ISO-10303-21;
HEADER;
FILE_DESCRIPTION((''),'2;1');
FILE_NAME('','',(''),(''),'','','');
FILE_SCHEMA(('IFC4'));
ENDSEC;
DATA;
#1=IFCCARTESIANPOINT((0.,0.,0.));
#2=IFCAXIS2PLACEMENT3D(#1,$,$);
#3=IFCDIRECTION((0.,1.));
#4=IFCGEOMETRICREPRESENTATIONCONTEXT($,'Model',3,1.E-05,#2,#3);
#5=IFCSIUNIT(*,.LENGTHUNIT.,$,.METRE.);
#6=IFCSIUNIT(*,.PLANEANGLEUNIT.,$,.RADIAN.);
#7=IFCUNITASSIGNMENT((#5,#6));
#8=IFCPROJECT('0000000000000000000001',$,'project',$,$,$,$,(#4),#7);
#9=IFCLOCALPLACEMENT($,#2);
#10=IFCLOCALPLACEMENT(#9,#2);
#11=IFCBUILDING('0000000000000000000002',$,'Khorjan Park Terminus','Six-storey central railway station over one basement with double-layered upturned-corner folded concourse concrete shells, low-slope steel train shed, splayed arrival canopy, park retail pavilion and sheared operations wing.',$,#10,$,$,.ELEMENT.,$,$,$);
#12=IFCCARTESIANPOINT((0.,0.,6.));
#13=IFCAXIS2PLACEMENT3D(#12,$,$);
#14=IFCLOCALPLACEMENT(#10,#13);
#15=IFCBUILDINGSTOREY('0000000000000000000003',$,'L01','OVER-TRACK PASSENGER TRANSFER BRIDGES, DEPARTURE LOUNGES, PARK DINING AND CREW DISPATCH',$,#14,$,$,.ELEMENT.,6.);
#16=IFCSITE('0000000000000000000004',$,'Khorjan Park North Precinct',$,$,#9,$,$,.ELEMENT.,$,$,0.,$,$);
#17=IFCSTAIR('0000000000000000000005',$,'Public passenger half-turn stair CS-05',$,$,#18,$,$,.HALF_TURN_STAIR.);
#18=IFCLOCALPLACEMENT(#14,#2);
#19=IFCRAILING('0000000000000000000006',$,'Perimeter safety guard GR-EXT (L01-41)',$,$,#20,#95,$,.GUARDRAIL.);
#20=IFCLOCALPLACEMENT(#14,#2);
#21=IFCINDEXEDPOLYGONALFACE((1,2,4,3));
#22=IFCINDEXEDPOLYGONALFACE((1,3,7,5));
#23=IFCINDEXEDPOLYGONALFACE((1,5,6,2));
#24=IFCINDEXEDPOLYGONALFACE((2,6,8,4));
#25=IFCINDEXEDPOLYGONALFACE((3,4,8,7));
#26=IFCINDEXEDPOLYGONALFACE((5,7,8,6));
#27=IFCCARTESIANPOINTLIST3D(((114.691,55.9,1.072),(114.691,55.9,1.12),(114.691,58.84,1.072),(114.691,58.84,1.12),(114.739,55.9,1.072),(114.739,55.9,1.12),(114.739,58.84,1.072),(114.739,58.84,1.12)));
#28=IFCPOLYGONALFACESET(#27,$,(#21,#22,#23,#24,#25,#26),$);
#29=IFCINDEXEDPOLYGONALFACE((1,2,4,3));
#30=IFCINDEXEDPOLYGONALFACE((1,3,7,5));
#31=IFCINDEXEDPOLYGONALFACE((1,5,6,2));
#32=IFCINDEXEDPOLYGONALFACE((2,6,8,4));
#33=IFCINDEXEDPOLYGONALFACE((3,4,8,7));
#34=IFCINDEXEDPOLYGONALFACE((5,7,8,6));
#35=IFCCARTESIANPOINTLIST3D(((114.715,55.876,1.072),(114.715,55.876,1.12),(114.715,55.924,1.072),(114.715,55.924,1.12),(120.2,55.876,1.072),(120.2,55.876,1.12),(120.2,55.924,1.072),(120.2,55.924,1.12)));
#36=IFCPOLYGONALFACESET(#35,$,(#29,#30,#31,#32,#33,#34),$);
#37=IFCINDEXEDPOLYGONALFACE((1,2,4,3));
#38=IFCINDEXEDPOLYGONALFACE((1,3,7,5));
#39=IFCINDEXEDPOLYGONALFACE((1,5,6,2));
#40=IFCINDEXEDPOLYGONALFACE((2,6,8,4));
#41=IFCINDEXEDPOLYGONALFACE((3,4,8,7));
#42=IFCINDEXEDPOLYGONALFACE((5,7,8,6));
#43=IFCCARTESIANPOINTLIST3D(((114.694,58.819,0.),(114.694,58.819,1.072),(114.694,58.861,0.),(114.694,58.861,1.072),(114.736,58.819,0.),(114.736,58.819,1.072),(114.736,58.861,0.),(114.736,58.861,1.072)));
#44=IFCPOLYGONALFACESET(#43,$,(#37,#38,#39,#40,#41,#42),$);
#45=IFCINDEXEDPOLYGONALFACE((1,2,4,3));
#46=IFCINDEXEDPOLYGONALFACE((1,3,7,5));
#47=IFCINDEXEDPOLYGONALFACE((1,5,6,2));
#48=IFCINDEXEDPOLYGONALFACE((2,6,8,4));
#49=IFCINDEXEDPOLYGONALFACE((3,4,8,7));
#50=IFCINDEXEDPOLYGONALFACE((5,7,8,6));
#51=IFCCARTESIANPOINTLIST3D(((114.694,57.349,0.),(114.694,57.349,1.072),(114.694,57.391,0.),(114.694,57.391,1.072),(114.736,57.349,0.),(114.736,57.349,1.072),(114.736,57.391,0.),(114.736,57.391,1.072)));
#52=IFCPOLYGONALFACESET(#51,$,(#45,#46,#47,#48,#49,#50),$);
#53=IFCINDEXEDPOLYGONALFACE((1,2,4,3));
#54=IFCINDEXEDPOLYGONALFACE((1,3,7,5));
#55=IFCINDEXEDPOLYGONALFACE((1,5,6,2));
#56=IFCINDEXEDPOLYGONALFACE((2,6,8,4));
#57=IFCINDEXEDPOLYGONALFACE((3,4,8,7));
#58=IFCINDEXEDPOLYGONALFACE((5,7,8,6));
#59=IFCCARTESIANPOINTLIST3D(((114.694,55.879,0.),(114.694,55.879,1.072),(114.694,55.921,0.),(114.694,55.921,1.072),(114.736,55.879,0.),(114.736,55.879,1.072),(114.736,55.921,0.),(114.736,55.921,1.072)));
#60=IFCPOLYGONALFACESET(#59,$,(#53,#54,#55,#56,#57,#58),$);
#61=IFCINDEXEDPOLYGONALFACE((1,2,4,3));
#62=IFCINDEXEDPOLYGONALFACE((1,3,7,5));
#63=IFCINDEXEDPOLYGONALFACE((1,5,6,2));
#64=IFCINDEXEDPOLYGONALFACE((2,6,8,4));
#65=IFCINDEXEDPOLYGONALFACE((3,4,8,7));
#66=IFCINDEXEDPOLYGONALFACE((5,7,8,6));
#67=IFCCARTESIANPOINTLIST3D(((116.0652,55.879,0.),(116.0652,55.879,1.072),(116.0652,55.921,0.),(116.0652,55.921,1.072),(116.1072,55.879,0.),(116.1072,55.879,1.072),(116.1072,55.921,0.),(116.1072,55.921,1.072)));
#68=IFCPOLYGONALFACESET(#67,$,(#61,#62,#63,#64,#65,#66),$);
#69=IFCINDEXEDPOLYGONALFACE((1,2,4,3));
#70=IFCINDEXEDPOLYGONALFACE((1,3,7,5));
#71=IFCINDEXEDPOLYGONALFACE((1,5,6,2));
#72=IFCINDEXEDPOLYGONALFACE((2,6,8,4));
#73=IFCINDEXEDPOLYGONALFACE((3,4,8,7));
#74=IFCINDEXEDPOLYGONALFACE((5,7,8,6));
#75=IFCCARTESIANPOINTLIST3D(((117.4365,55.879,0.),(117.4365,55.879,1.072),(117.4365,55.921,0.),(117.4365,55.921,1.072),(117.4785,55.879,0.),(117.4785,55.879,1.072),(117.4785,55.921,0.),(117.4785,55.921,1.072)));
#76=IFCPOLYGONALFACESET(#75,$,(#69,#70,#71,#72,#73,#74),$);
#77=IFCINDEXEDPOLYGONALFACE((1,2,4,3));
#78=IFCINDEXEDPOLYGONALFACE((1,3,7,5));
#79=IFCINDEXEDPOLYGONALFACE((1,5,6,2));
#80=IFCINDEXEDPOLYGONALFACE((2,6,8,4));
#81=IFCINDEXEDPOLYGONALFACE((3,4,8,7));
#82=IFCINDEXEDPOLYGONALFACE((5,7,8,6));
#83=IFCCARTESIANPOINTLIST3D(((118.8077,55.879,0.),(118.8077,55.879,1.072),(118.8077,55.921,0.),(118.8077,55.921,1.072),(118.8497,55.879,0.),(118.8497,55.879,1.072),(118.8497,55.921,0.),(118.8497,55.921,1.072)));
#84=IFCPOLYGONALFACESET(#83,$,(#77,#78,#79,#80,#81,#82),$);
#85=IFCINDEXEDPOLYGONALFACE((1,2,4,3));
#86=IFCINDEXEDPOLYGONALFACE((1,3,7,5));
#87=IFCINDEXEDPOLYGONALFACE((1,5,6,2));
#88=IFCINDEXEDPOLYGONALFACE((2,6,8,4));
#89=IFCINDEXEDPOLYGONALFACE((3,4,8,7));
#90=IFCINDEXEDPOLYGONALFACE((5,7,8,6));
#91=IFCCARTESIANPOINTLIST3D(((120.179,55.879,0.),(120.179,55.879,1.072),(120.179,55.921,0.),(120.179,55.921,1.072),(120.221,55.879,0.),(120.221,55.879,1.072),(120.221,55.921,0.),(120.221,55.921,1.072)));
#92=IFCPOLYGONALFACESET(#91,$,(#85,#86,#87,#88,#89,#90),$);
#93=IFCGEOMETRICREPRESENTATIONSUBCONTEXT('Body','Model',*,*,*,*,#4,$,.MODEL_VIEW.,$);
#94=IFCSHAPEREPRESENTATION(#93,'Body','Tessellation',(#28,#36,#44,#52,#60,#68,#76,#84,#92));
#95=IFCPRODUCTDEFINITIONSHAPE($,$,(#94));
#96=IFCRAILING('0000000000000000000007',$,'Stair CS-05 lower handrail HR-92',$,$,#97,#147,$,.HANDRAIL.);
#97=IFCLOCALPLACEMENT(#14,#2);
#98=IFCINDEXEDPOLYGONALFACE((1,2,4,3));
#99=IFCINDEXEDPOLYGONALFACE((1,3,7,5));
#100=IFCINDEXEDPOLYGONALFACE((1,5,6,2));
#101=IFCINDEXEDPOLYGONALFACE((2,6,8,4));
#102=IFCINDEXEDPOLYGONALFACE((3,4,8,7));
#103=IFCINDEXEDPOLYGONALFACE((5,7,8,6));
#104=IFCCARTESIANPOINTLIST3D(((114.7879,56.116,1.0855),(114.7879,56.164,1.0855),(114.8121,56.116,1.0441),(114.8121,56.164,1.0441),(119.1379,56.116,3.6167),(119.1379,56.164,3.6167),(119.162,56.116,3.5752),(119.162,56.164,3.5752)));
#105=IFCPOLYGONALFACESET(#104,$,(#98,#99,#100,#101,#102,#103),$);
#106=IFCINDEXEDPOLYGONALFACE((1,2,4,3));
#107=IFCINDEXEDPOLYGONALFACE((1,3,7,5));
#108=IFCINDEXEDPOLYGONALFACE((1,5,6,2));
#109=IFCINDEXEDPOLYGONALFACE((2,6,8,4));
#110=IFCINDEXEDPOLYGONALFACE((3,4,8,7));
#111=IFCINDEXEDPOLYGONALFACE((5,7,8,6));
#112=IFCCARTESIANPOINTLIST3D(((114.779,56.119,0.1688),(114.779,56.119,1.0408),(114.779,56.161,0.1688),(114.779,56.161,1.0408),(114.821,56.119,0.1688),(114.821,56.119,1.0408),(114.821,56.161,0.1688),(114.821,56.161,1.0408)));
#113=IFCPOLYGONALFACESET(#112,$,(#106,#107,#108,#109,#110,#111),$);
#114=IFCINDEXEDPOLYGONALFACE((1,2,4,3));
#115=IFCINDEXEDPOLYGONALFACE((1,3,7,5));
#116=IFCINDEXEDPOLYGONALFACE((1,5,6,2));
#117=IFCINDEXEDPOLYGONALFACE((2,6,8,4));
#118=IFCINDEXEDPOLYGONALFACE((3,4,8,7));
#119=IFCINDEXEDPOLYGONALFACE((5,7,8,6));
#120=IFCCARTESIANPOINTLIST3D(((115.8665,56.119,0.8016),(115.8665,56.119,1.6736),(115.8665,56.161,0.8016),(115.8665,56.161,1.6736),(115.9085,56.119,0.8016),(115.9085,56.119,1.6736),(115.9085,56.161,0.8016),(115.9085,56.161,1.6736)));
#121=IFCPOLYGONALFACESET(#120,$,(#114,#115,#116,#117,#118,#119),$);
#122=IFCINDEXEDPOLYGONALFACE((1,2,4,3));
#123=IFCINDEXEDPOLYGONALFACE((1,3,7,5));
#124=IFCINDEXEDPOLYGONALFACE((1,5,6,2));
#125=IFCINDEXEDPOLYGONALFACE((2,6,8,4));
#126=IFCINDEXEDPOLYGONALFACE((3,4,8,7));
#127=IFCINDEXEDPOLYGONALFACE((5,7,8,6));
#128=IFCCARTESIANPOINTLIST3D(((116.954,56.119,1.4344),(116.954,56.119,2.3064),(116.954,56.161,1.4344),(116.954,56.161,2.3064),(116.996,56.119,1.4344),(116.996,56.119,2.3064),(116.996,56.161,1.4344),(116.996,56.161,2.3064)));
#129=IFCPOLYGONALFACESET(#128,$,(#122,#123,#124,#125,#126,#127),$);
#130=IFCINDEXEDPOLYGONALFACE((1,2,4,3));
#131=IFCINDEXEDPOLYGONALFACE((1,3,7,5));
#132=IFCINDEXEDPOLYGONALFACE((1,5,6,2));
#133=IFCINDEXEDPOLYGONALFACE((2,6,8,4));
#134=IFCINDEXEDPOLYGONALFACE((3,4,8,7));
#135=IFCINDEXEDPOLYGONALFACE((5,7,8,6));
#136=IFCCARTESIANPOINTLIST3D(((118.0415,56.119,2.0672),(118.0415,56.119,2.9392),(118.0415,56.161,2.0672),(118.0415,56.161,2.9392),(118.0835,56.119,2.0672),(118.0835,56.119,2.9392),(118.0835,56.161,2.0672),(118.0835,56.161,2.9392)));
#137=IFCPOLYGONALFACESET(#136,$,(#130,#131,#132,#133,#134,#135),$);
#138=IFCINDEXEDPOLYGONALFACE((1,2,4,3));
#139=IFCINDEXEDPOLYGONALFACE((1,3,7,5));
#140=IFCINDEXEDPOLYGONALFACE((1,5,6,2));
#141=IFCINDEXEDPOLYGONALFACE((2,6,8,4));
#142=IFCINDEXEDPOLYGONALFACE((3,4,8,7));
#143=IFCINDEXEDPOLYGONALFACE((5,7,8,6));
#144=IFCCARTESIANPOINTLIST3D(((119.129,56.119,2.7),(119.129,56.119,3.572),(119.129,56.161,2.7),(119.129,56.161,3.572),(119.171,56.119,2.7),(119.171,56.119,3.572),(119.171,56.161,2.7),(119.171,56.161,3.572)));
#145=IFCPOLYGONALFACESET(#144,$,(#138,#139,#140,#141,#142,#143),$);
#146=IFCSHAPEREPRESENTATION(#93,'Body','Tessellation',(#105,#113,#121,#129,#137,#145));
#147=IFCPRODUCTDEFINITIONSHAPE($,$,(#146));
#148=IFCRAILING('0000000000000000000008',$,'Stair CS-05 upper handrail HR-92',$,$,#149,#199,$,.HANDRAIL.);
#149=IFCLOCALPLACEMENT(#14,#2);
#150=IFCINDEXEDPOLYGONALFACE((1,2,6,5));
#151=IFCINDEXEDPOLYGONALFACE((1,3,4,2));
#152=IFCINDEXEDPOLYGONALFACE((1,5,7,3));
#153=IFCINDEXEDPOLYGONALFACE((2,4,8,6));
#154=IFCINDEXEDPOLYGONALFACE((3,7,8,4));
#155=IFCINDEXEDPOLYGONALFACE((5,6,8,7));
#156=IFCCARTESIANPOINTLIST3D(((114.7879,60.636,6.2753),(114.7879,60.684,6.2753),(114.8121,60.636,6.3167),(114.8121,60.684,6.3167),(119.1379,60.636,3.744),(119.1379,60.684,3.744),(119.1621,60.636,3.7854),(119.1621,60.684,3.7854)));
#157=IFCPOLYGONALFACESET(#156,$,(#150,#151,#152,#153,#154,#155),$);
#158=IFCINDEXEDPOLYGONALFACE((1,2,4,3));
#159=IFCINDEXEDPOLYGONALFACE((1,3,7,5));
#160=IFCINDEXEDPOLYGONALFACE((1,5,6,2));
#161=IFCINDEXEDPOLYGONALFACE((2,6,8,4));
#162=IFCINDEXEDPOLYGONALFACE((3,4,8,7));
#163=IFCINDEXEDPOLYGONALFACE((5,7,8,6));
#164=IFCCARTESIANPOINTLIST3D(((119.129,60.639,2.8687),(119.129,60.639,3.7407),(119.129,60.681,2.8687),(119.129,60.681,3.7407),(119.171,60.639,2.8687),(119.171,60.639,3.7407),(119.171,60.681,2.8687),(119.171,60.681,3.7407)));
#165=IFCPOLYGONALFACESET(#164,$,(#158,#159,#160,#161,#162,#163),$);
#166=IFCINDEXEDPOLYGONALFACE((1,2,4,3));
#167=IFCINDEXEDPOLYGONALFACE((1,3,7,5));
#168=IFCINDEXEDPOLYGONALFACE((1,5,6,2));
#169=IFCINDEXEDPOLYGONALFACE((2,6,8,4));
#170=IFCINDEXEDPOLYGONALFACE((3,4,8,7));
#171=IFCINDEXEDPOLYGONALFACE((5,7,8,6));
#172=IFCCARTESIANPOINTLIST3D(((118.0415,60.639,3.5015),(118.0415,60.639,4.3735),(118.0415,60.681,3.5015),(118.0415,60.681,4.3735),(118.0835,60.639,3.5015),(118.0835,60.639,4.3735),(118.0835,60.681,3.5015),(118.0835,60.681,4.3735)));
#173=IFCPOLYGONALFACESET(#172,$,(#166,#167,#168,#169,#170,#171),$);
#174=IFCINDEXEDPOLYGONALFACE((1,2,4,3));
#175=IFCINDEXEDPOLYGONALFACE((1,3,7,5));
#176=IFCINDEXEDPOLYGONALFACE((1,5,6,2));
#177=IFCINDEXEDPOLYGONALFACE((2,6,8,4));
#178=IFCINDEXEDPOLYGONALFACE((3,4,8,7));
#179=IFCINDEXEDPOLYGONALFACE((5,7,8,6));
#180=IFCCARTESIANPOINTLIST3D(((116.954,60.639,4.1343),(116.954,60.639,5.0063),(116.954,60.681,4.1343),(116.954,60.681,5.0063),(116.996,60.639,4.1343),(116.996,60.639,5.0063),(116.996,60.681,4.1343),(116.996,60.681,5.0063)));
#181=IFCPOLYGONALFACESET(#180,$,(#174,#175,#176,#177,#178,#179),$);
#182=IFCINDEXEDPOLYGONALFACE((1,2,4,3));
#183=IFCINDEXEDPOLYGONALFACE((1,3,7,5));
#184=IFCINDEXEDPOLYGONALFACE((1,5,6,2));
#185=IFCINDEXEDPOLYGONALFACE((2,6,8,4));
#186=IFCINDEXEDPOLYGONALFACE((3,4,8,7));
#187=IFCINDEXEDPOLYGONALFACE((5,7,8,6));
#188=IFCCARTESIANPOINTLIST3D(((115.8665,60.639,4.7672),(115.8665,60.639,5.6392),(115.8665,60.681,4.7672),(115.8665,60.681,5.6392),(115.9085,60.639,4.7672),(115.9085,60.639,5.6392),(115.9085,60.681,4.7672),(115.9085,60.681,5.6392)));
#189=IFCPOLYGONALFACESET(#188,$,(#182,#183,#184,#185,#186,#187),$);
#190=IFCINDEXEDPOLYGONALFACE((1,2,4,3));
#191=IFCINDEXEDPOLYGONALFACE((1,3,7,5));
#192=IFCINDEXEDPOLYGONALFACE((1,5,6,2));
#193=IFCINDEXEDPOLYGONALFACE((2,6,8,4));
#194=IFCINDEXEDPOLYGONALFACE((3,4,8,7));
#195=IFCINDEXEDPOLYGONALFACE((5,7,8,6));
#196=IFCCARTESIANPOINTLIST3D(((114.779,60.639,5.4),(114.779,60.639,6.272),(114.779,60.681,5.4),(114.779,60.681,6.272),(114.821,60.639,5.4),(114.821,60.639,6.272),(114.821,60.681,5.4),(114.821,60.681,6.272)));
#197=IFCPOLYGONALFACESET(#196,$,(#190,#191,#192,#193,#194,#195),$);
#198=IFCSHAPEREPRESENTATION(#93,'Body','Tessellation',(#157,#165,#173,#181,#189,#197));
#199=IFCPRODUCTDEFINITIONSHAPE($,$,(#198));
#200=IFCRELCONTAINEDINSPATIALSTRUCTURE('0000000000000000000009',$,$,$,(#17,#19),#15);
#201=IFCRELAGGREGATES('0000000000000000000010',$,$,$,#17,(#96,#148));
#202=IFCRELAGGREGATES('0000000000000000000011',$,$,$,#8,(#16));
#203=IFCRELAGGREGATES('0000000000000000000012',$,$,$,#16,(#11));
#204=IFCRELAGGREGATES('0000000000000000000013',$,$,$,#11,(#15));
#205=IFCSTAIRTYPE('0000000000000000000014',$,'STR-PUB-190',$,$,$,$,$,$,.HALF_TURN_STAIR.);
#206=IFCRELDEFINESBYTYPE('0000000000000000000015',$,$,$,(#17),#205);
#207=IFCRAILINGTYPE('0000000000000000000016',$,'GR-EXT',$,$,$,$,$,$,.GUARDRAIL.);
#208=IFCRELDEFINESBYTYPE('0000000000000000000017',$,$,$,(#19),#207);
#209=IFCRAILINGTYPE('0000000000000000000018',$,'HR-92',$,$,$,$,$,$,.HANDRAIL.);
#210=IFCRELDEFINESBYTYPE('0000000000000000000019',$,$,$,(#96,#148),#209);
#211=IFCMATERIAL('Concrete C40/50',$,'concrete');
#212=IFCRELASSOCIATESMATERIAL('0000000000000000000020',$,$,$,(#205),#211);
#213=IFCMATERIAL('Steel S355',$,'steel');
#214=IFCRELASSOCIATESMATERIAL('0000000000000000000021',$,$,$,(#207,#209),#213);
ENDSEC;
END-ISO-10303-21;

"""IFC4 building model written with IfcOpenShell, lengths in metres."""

from ifc_helpers import new_model, si_unit, direction, frame, origin, origin_2d, place, context, subcontext, project, spatial, rectangle, extrude, material, type_object, element, aggregate, save


model = new_model("IFC4")

# Units and contexts
model_context = context("Model", 3, precision=1e-05, world=origin(), true_north=direction((0.0, 1.0)))
body_context = subcontext(model_context, "Body", "Model", "MODEL_VIEW")
ifc_project = project(units=[si_unit("LENGTHUNIT", "METRE"), si_unit("PLANEANGLEUNIT", "RADIAN")], contexts=[model_context])

# Site, building, storey
site_placement = place(None, origin())
site = spatial("IfcSite", under=ifc_project, at=site_placement, Name="Khorjan Park North Precinct", CompositionType="ELEMENT", RefElevation=0.0)
building_placement = place(site_placement, origin())
building = spatial("IfcBuilding", under=site, at=building_placement, Name="Khorjan Park Terminus", Description="Six-storey central railway station over one basement with double-layered upturned-corner folded concourse concrete shells, low-slope steel train shed, splayed arrival canopy, park retail pavilion and sheared operations wing.", CompositionType="ELEMENT")
storey_placement = place(building_placement, frame((0.0, 0.0, 6.0)))
storey = spatial("IfcBuildingStorey", under=building, at=storey_placement, Name="L01", Description="OVER-TRACK PASSENGER TRANSFER BRIDGES, DEPARTURE LOUNGES, PARK DINING AND CREW DISPATCH", CompositionType="ELEMENT", Elevation=6.0)

# Shared definitions
ifc_material_1 = material(Name="Steel S355", Category="steel")

# Shared definitions
ifc_material_2 = material(Name="Concrete C40/50", Category="concrete")

# Stair
stair_type = type_object("IfcStairType", Name="STR-PUB-190", PredefinedType="HALF_TURN_STAIR", material=ifc_material_2)
stair_placement = place(storey_placement, origin())
stair = element("IfcStair", 1, at=stair_placement, inside=storey, type_object=stair_type, Name="Public passenger half-turn stair CS-05", PredefinedType="HALF_TURN_STAIR")

# Railing
railing_type_1 = type_object("IfcRailingType", Name="GR-EXT", PredefinedType="GUARDRAIL", material=ifc_material_1)
railing_1_placement = place(storey_placement, frame((114.715, 58.84, 0.0)))
element("IfcRailing", 2, at=railing_1_placement, inside=storey, type_object=railing_type_1, Name="Perimeter safety guard GR-EXT (L01-41)", PredefinedType="GUARDRAIL", context=body_context, shape_type="SweptSolid", body=[
    extrude(rectangle(XDim=0.048, YDim=0.048, at=origin_2d()), frame((0.0, 0.0, 1.096), z_axis=(0.0, -1.0, 0.0), x_axis=(1.0, 0.0, 0.0)), (0.0, 0.0, 1.0), 2.94),
    extrude(rectangle(XDim=0.048, YDim=0.048, at=origin_2d()), frame((0.0, -2.94, 1.096), z_axis=(1.0, 0.0, 0.0), x_axis=(0.0, 1.0, 0.0)), (0.0, 0.0, 1.0), 5.485),
    extrude(rectangle(XDim=0.042, YDim=0.042, at=origin_2d()), origin(), (0.0, 0.0, 1.0), 1.072),
    extrude(rectangle(XDim=0.042, YDim=0.042, at=origin_2d()), frame((0.0, -1.47, 0.0)), (0.0, 0.0, 1.0), 1.072),
    extrude(rectangle(XDim=0.042, YDim=0.042, at=origin_2d()), frame((0.0, -2.94, 0.0)), (0.0, 0.0, 1.0), 1.072),
    extrude(rectangle(XDim=0.042, YDim=0.042, at=origin_2d()), frame((1.3712, -2.94, 0.0)), (0.0, 0.0, 1.0), 1.072),
    extrude(rectangle(XDim=0.042, YDim=0.042, at=origin_2d()), frame((2.7425, -2.94, 0.0)), (0.0, 0.0, 1.0), 1.072),
    extrude(rectangle(XDim=0.042, YDim=0.042, at=origin_2d()), frame((4.1137, -2.94, 0.0)), (0.0, 0.0, 1.0), 1.072),
    extrude(rectangle(XDim=0.042, YDim=0.042, at=origin_2d()), frame((5.485, -2.94, 0.0)), (0.0, 0.0, 1.0), 1.072),
])

# Railings
railing_type_2 = type_object("IfcRailingType", Name="HR-92", PredefinedType="HANDRAIL", material=ifc_material_1)
railing_2_placement = place(storey_placement, frame((114.8, 56.14, 0.1688)))
railing_2 = element("IfcRailing", 3, at=railing_2_placement, type_object=railing_type_2, Name="Stair CS-05 lower handrail HR-92", PredefinedType="HANDRAIL", context=body_context, shape_type="SweptSolid", body=[
    extrude(rectangle(XDim=0.048, YDim=0.048, at=origin_2d()), frame((0.0, 0.0, 0.896), z_axis=(0.864323, 0.0, 0.502937), x_axis=(0.0, 1.0, 0.0)), (0.0, 0.0, 1.0), 5.0328),
    extrude(rectangle(XDim=0.042, YDim=0.042, at=origin_2d()), origin(), (0.0, 0.0, 1.0), 0.872),
    extrude(rectangle(XDim=0.042, YDim=0.042, at=origin_2d()), frame((1.0875, 0.0, 0.6328)), (0.0, 0.0, 1.0), 0.872),
    extrude(rectangle(XDim=0.042, YDim=0.042, at=origin_2d()), frame((2.175, 0.0, 1.2656)), (0.0, 0.0, 1.0), 0.872),
    extrude(rectangle(XDim=0.042, YDim=0.042, at=origin_2d()), frame((3.2625, 0.0, 1.8984)), (0.0, 0.0, 1.0), 0.872),
    extrude(rectangle(XDim=0.042, YDim=0.042, at=origin_2d()), frame((4.35, 0.0, 2.5312)), (0.0, 0.0, 1.0), 0.872),
])
railing_3_placement = place(storey_placement, frame((119.15, 60.66, 2.8687)))
railing_3 = element("IfcRailing", 4, at=railing_3_placement, type_object=railing_type_2, Name="Stair CS-05 upper handrail HR-92", PredefinedType="HANDRAIL", context=body_context, shape_type="SweptSolid", body=[
    extrude(rectangle(XDim=0.048, YDim=0.048, at=origin_2d()), frame((0.0, 0.0, 0.896), z_axis=(-0.864315, 0.0, 0.502952), x_axis=(0.0, -1.0, 0.0)), (0.0, 0.0, 1.0), 5.0329),
    extrude(rectangle(XDim=0.042, YDim=0.042, at=origin_2d()), origin(), (0.0, 0.0, 1.0), 0.872),
    extrude(rectangle(XDim=0.042, YDim=0.042, at=origin_2d()), frame((-1.0875, 0.0, 0.6328)), (0.0, 0.0, 1.0), 0.872),
    extrude(rectangle(XDim=0.042, YDim=0.042, at=origin_2d()), frame((-2.175, 0.0, 1.2656)), (0.0, 0.0, 1.0), 0.872),
    extrude(rectangle(XDim=0.042, YDim=0.042, at=origin_2d()), frame((-3.2625, 0.0, 1.8985)), (0.0, 0.0, 1.0), 0.872),
    extrude(rectangle(XDim=0.042, YDim=0.042, at=origin_2d()), frame((-4.35, 0.0, 2.5313)), (0.0, 0.0, 1.0), 0.872),
])
aggregate(stair, [railing_2, railing_3])

save(model, "model.ifc")
